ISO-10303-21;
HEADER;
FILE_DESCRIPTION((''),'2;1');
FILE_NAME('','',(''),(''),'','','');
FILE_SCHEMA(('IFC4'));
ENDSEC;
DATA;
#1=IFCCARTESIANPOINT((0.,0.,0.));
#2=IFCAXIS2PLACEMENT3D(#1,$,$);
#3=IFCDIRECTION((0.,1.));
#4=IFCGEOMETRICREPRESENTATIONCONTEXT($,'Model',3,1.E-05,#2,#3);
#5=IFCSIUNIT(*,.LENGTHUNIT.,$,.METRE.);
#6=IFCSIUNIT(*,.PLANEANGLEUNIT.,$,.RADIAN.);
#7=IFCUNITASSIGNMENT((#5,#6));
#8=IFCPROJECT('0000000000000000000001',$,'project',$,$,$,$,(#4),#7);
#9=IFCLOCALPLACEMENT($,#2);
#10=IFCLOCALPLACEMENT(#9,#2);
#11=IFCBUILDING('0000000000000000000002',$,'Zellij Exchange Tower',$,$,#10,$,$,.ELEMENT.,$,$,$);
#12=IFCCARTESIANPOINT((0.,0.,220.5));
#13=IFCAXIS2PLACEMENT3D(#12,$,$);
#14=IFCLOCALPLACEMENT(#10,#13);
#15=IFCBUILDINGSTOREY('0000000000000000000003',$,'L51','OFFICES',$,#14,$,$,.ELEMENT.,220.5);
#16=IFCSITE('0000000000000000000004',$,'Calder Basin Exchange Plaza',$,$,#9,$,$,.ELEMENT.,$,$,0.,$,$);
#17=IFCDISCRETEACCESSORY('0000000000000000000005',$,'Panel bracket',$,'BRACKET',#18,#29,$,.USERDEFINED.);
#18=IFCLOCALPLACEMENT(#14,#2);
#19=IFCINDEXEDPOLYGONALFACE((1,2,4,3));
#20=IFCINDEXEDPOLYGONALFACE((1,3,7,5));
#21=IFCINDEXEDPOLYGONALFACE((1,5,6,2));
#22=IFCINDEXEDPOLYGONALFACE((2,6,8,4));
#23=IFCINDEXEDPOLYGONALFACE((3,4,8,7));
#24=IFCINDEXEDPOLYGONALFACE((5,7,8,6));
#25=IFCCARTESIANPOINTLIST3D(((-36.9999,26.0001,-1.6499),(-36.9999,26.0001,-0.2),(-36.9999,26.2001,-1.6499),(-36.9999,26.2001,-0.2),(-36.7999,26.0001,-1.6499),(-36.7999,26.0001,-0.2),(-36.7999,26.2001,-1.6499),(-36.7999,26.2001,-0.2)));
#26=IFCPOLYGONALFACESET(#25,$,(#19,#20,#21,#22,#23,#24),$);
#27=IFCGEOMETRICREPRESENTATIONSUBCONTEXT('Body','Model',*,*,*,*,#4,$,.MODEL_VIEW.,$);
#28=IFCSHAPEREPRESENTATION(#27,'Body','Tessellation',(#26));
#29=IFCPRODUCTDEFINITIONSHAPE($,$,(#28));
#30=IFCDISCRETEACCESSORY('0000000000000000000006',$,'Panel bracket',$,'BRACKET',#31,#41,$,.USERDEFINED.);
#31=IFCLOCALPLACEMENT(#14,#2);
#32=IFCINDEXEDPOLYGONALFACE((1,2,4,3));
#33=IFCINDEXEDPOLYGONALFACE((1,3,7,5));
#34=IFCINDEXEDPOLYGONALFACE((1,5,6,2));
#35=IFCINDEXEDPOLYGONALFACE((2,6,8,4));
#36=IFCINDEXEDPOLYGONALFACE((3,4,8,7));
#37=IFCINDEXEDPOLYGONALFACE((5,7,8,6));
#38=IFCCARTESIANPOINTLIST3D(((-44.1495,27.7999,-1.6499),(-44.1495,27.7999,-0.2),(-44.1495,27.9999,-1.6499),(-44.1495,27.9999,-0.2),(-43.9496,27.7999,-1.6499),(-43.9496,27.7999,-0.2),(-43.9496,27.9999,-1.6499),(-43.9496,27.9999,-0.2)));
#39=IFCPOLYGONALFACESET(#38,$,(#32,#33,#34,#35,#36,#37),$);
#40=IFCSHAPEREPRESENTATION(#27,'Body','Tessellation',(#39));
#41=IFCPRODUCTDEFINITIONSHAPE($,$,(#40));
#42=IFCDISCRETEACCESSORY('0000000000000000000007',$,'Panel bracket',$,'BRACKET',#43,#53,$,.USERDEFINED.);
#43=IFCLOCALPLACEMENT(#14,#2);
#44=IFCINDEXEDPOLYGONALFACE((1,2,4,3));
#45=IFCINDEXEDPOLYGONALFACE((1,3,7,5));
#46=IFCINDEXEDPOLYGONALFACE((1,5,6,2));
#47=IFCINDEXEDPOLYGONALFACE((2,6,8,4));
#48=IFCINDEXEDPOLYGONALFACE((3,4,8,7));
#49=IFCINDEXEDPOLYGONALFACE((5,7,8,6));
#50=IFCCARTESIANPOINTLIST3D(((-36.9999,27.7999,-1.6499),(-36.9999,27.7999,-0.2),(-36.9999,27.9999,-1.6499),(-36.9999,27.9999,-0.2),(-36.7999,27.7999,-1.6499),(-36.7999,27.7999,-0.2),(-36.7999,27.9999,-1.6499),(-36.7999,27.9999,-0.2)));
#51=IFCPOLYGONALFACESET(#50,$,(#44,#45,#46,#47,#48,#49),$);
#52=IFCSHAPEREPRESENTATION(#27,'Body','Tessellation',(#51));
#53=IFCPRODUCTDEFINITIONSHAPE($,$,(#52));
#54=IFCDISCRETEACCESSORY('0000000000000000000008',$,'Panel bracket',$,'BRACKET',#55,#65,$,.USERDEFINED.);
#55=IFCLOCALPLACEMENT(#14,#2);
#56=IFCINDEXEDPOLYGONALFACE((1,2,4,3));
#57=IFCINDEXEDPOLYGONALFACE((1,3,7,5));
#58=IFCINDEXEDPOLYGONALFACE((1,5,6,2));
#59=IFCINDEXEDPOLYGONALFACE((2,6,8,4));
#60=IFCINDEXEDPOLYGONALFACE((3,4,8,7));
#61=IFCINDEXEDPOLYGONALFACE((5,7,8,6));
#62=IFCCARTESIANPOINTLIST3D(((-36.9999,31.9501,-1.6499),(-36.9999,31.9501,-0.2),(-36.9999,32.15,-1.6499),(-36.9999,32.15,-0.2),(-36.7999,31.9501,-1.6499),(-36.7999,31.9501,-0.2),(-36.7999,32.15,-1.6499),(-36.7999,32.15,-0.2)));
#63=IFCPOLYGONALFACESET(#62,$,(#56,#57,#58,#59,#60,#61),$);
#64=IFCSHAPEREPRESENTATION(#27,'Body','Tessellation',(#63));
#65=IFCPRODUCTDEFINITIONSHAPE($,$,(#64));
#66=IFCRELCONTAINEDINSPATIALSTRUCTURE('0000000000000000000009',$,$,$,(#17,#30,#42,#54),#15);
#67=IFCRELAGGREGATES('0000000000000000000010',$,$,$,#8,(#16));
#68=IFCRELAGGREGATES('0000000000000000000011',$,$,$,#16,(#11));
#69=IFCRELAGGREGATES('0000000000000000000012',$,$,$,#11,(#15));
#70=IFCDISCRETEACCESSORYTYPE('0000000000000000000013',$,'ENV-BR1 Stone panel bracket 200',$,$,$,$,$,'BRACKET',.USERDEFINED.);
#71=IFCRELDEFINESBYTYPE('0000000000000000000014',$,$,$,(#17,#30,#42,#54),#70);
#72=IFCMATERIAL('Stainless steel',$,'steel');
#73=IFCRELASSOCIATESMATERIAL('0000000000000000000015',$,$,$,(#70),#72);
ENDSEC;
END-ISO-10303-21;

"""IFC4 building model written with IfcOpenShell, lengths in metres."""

from ifc_helpers import new_model, si_unit, direction, frame, origin, origin_2d, place, context, subcontext, project, spatial, rectangle, extrude, material, type_object, element, save


model = new_model("IFC4")

# Units and contexts
model_context = context("Model", 3, precision=1e-05, world=origin(), true_north=direction((0.0, 1.0)))
body_context = subcontext(model_context, "Body", "Model", "MODEL_VIEW")
ifc_project = project(units=[si_unit("LENGTHUNIT", "METRE"), si_unit("PLANEANGLEUNIT", "RADIAN")], contexts=[model_context])

# Site, building, storey
site_placement = place(None, origin())
site = spatial("IfcSite", under=ifc_project, at=site_placement, Name="Calder Basin Exchange Plaza", CompositionType="ELEMENT", RefElevation=0.0)
building_placement = place(site_placement, origin())
building = spatial("IfcBuilding", under=site, at=building_placement, Name="Zellij Exchange Tower", CompositionType="ELEMENT")
storey_placement = place(building_placement, frame((0.0, 0.0, 220.5)))
storey = spatial("IfcBuildingStorey", under=building, at=storey_placement, Name="L51", Description="OFFICES", CompositionType="ELEMENT", Elevation=220.5)

# Discrete accessories
ifc_material_1 = material(Name="Stainless steel", Category="steel")
discrete_accessory_type = type_object("IfcDiscreteAccessoryType", Name="ENV-BR1 Stone panel bracket 200", ElementType="BRACKET", PredefinedType="USERDEFINED", material=ifc_material_1)
for number, where, z_axis, x_axis, name in (
    (1, (-36.8999, 26.1001, -1.6499), (0.0, 0.0, 1.0), (1.0, 0.0, 0.0), "Panel bracket"),
    (2, (-44.0496, 27.8999, -1.6499), (0.0, 0.0, 1.0), (1.0, 0.0, 0.0), "Panel bracket"),
    (3, (-36.8999, 27.8999, -1.6499), (0.0, 0.0, 1.0), (1.0, 0.0, 0.0), "Panel bracket"),
    (4, (-36.8999, 32.05, -1.6499), (0.0, 0.0, 1.0), (1.0, 0.0, 0.0), "Panel bracket"),
):
    element("IfcDiscreteAccessory", number, at=place(storey_placement, frame(where, z_axis=z_axis, x_axis=x_axis)), inside=storey, type_object=discrete_accessory_type, Name=name, ObjectType="BRACKET", PredefinedType="USERDEFINED", context=body_context, shape_type="SweptSolid", body=[
        extrude(rectangle(XDim=0.2, YDim=0.2, at=origin_2d()), origin(), (0.0, 0.0, 1.0), 1.45),
    ])

save(model, "model.ifc")
